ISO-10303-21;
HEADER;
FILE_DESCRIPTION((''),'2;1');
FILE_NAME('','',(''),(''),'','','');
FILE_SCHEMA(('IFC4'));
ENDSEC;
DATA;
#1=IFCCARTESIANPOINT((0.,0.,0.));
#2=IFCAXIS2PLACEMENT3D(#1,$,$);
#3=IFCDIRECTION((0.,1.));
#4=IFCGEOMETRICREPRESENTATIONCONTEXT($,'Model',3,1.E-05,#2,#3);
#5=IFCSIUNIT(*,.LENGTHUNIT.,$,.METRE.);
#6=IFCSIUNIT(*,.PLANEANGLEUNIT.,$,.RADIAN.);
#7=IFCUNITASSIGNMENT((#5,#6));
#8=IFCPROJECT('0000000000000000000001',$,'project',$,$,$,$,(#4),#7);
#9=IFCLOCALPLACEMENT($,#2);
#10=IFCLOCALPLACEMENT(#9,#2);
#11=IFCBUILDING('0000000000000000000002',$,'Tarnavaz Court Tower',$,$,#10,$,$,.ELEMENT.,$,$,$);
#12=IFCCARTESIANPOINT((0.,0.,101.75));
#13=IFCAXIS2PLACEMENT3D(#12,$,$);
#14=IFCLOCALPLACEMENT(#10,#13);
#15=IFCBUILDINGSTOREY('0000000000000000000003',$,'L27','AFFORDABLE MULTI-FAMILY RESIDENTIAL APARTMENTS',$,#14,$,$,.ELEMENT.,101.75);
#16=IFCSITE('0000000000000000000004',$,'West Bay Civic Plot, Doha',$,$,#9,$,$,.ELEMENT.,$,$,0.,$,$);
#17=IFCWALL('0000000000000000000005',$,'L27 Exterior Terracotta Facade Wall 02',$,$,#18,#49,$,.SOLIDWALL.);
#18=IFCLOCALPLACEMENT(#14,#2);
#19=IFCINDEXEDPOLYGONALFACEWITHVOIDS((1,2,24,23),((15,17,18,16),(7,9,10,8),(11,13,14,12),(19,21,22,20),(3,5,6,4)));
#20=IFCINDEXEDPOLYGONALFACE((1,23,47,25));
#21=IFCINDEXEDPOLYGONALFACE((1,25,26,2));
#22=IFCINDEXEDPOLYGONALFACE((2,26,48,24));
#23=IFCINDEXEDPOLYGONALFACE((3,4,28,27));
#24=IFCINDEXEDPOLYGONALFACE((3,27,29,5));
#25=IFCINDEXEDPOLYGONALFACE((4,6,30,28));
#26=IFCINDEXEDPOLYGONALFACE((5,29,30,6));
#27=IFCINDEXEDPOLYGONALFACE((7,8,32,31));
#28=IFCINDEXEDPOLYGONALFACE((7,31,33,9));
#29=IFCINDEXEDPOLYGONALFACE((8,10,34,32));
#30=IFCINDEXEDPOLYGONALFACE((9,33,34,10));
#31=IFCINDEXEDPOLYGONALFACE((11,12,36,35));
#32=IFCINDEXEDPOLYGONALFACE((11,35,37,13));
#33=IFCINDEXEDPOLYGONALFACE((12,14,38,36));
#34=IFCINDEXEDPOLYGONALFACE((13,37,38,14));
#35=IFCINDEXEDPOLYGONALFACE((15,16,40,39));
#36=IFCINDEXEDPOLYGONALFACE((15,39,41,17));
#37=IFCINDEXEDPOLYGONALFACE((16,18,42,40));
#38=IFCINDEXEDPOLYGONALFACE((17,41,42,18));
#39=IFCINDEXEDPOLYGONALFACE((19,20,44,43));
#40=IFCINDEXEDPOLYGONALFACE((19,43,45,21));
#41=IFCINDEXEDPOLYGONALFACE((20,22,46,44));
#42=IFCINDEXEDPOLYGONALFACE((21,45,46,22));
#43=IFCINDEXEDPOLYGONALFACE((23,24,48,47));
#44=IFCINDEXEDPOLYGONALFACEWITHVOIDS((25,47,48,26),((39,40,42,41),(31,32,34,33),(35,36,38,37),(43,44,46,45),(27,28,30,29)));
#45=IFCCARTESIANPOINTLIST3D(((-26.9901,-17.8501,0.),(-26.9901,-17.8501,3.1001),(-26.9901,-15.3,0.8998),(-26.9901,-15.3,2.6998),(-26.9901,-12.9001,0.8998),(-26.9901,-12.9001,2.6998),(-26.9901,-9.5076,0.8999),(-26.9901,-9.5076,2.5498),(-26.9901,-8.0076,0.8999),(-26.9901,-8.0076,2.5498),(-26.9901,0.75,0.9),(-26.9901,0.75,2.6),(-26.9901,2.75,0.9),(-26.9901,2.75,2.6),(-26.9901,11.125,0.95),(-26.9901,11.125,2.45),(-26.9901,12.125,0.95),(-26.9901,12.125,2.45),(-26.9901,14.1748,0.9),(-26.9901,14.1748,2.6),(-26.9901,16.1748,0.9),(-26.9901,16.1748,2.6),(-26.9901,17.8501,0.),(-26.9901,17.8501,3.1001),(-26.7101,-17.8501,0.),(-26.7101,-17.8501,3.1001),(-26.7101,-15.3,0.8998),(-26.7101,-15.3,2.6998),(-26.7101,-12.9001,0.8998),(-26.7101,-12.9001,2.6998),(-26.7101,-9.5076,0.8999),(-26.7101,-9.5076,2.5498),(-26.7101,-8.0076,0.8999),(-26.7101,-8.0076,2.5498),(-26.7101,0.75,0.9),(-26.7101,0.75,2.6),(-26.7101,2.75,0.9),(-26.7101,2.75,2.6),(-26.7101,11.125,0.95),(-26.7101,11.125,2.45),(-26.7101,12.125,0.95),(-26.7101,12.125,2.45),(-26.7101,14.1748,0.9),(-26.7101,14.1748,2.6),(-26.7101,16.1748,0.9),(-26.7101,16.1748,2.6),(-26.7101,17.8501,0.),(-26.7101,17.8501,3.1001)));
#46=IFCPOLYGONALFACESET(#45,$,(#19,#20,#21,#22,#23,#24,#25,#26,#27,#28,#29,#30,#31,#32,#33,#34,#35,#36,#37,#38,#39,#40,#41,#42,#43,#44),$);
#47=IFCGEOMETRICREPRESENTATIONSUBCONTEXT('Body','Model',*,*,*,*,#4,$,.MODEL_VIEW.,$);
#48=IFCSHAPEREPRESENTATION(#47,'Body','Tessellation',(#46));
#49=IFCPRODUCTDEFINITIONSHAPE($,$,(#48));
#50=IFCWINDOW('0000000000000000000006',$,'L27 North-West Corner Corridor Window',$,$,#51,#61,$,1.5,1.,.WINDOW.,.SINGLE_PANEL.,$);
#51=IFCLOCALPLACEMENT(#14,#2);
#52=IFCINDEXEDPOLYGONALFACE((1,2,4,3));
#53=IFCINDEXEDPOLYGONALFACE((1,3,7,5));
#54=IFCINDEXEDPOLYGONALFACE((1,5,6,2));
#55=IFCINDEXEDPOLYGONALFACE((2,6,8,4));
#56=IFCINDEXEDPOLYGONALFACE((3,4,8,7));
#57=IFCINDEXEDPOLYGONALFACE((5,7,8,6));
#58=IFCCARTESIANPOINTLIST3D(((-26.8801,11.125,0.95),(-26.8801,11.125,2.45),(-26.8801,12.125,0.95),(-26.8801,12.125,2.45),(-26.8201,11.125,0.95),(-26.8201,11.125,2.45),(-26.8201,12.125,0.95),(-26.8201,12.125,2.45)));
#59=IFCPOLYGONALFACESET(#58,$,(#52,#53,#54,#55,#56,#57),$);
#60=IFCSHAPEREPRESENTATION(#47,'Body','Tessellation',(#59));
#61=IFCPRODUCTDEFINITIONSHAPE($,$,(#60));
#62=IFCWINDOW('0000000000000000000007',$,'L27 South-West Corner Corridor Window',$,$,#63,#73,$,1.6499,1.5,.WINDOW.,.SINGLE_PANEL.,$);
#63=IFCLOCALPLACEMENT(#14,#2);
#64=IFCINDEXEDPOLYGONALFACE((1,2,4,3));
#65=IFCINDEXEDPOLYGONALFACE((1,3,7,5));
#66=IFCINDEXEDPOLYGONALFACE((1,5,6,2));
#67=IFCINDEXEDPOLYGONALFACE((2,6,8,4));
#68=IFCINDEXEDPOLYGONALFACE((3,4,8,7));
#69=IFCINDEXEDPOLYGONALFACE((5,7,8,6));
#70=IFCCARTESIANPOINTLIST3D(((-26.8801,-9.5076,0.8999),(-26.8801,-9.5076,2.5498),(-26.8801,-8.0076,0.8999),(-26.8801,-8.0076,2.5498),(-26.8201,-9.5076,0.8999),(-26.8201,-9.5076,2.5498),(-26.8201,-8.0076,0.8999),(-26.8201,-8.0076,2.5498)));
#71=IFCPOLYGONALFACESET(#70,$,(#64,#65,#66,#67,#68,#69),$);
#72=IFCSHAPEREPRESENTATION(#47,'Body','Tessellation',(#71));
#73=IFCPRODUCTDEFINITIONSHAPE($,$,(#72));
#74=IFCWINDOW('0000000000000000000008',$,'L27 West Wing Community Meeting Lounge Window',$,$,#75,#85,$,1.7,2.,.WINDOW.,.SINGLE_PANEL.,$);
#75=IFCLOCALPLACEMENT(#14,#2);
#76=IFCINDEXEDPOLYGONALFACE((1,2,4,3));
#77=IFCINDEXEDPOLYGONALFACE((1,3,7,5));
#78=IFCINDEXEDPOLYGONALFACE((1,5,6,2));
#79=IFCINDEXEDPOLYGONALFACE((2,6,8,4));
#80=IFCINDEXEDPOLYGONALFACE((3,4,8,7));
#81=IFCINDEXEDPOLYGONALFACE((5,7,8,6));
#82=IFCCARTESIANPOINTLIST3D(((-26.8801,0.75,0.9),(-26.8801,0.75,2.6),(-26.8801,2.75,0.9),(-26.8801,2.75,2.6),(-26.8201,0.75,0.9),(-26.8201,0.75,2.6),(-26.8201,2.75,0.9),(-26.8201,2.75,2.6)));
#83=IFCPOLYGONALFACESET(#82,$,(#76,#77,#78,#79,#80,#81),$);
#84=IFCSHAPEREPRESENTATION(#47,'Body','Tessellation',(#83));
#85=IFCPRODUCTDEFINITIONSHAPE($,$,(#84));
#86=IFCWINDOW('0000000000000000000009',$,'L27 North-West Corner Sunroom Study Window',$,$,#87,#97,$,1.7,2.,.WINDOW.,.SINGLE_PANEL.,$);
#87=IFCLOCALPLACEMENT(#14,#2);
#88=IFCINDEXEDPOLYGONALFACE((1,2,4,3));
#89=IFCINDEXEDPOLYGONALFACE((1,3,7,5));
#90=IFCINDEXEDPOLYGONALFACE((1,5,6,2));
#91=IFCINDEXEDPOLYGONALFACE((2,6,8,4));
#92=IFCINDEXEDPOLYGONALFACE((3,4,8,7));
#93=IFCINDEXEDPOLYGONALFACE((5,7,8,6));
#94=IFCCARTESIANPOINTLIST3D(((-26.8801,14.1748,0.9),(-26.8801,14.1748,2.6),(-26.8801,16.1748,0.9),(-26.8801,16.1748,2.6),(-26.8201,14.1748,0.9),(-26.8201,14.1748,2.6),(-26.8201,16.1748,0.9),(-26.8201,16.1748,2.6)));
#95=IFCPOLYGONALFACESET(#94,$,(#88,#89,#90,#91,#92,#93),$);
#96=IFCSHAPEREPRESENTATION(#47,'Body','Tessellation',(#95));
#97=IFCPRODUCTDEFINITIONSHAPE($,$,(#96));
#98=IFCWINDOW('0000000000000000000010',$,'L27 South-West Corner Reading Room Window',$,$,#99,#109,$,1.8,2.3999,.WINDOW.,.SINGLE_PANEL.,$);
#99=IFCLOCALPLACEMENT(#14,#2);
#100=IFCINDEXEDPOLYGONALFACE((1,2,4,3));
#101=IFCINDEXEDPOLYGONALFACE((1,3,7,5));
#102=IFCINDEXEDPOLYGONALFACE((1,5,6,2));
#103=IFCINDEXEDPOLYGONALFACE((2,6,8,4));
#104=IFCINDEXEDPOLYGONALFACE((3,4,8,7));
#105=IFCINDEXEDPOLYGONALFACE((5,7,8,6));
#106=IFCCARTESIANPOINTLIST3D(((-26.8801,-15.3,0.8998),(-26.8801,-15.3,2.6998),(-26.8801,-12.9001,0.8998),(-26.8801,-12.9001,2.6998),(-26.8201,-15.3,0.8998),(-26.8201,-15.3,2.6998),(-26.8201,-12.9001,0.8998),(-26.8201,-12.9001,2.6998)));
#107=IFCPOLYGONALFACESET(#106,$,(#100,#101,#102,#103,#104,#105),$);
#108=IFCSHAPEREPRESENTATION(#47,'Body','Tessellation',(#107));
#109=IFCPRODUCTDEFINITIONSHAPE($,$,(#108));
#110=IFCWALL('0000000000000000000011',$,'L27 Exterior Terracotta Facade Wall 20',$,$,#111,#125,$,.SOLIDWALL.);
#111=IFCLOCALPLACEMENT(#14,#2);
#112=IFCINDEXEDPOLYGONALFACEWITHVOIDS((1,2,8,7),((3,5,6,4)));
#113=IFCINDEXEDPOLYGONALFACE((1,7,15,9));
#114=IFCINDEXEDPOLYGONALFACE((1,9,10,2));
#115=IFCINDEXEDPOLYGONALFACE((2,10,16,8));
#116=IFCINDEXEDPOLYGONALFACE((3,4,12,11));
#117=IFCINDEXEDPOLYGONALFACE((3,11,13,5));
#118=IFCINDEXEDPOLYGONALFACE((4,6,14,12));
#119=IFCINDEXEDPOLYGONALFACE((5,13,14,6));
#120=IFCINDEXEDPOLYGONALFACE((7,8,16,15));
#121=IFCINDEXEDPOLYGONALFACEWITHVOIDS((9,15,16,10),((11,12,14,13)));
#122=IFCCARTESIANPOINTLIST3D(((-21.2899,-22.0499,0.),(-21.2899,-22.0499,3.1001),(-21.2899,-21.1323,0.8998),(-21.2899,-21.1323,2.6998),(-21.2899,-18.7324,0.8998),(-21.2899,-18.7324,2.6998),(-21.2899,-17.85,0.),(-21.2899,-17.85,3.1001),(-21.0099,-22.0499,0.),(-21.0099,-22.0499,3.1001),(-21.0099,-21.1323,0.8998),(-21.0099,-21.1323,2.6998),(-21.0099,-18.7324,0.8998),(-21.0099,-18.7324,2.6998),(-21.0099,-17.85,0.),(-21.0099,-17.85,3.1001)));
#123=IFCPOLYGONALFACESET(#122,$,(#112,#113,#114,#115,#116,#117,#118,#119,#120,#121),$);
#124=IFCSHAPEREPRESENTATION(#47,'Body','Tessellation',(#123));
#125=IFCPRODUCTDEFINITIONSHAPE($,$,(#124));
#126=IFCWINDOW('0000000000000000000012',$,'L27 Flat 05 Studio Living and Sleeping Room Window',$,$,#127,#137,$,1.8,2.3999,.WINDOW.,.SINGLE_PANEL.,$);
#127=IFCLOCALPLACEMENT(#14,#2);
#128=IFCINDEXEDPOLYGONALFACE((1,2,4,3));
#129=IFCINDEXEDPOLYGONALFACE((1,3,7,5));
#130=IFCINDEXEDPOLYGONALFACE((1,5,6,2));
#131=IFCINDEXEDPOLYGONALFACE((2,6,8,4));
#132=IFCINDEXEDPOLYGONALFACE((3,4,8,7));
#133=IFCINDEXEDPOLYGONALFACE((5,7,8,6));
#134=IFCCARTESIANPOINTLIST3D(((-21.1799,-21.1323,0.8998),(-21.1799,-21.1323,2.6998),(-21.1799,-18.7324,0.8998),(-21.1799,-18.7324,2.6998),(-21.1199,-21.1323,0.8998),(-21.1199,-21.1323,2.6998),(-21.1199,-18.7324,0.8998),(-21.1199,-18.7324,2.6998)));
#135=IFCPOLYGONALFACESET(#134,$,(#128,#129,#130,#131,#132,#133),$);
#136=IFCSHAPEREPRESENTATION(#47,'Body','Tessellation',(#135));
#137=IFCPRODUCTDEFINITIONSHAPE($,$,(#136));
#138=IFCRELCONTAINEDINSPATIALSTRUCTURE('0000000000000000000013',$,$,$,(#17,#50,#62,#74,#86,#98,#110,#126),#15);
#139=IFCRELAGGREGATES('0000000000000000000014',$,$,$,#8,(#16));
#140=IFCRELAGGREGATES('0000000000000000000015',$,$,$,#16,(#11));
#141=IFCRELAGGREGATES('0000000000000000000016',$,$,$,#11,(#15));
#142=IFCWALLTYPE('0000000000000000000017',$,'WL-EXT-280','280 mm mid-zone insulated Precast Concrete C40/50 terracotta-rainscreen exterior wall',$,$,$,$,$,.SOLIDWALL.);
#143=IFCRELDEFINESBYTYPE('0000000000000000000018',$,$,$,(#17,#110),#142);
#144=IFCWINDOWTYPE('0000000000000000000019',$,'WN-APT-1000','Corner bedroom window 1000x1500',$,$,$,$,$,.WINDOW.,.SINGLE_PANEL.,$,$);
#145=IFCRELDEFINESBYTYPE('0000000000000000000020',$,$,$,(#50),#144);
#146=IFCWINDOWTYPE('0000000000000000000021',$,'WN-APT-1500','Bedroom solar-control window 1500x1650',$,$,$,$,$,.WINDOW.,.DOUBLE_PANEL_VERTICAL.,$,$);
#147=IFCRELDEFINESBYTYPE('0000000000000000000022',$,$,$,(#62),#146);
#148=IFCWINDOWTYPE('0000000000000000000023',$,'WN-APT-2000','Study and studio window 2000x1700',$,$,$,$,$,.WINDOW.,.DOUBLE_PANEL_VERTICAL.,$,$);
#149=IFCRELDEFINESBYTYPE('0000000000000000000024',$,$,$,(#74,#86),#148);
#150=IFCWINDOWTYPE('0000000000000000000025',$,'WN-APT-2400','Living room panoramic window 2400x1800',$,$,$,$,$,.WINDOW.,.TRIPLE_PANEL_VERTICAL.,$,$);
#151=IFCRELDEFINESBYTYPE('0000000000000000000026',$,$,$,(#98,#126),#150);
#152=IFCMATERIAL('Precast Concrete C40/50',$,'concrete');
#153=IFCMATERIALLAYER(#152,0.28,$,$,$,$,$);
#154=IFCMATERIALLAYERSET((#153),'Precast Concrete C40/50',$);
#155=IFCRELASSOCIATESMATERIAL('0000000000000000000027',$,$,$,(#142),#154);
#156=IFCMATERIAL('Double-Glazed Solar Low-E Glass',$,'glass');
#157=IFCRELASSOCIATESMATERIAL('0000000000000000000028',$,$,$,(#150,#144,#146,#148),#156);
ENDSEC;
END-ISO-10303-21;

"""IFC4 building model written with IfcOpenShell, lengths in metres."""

from ifc_helpers import new_model, si_unit, direction, frame, frame_2d, origin, place, context, subcontext, project, spatial, rectangle, extrude, material, layer, layer_set, type_object, element, fill, save


model = new_model("IFC4")

# Units and contexts
model_context = context("Model", 3, precision=1e-05, world=origin(), true_north=direction((0.0, 1.0)))
body_context = subcontext(model_context, "Body", "Model", "MODEL_VIEW")
ifc_project = project(units=[si_unit("LENGTHUNIT", "METRE"), si_unit("PLANEANGLEUNIT", "RADIAN")], contexts=[model_context])

# Site, building, storey
site_placement = place(None, origin())
site = spatial("IfcSite", under=ifc_project, at=site_placement, Name="West Bay Civic Plot, Doha", CompositionType="ELEMENT", RefElevation=0.0)
building_placement = place(site_placement, origin())
building = spatial("IfcBuilding", under=site, at=building_placement, Name="Tarnavaz Court Tower", CompositionType="ELEMENT")
storey_placement = place(building_placement, frame((0.0, 0.0, 101.75)))
storey = spatial("IfcBuildingStorey", under=building, at=storey_placement, Name="L27", Description="AFFORDABLE MULTI-FAMILY RESIDENTIAL APARTMENTS", CompositionType="ELEMENT", Elevation=101.75)

# Shared definitions
ifc_material_1 = material(Name="Precast Concrete C40/50", Category="concrete")
ifc_layer_1 = layer(ifc_material_1, 0.28)
ifc_layer_set_1 = layer_set([ifc_layer_1], Name="Precast Concrete C40/50")
wall_type_1 = type_object("IfcWallType", Name="WL-EXT-280", Description="280 mm mid-zone insulated Precast Concrete C40/50 terracotta-rainscreen exterior wall", PredefinedType="SOLIDWALL", material=ifc_layer_set_1)
ifc_material_2 = material(Name="Double-Glazed Solar Low-E Glass", Category="glass")
window_type_1 = type_object("IfcWindowType", Name="WN-APT-2400", Description="Living room panoramic window 2400x1800", PartitioningType="TRIPLE_PANEL_VERTICAL", PredefinedType="WINDOW", material=ifc_material_2)

# Wall, openings, windows
wall_1_placement = place(storey_placement, frame((-26.8501, -17.8501, 0.0), z_axis=(0.0, 0.0, 1.0), x_axis=(0.0, 1.0, 0.0)))
wall_1 = element("IfcWall", 1, at=wall_1_placement, inside=storey, type_object=wall_type_1, Name="L27 Exterior Terracotta Facade Wall 02", PredefinedType="SOLIDWALL", context=body_context, shape_type="SweptSolid", body=[
    extrude(rectangle(XDim=35.7002, YDim=0.28, at=frame_2d((17.8501, 0.0))), origin(), (0.0, 0.0, 1.0), 3.1001),
])
opening_1_placement = place(wall_1_placement, frame((2.55, 0.0, 0.8999)))
opening_1 = element("IfcOpeningElement", 2, at=opening_1_placement, cuts=wall_1, PredefinedType="OPENING", context=body_context, shape_type="SweptSolid", body=[
    extrude(rectangle(XDim=2.3999, YDim=1.8, at=frame_2d((1.2, 0.8999))), frame((0.0, 0.1499, 0.0), z_axis=(0.0, -1.0, 0.0), x_axis=(1.0, 0.0, 0.0)), (0.0, 0.0, 1.0), 0.3),
])
opening_2_placement = place(wall_1_placement, frame((8.3425, 0.0, 0.8999)))
opening_2 = element("IfcOpeningElement", 3, at=opening_2_placement, cuts=wall_1, PredefinedType="OPENING", context=body_context, shape_type="SweptSolid", body=[
    extrude(rectangle(XDim=1.5, YDim=1.6499, at=frame_2d((0.75, 0.825))), frame((0.0, 0.1499, 0.0), z_axis=(0.0, -1.0, 0.0), x_axis=(1.0, 0.0, 0.0)), (0.0, 0.0, 1.0), 0.3),
])
opening_3_placement = place(wall_1_placement, frame((18.6001, 0.0, 0.8999)))
opening_3 = element("IfcOpeningElement", 4, at=opening_3_placement, cuts=wall_1, PredefinedType="OPENING", context=body_context, shape_type="SweptSolid", body=[
    extrude(rectangle(XDim=2.0, YDim=1.7, at=frame_2d((1.0, 0.8501))), frame((0.0, 0.1499, 0.0), z_axis=(0.0, -1.0, 0.0), x_axis=(1.0, 0.0, 0.0)), (0.0, 0.0, 1.0), 0.3),
])
opening_4_placement = place(wall_1_placement, frame((28.9751, 0.0, 0.95)))
opening_4 = element("IfcOpeningElement", 5, at=opening_4_placement, cuts=wall_1, PredefinedType="OPENING", context=body_context, shape_type="SweptSolid", body=[
    extrude(rectangle(XDim=1.0, YDim=1.5, at=frame_2d((0.5, 0.75))), frame((0.0, 0.1499, 0.0), z_axis=(0.0, -1.0, 0.0), x_axis=(1.0, 0.0, 0.0)), (0.0, 0.0, 1.0), 0.3),
])
opening_5_placement = place(wall_1_placement, frame((32.0249, 0.0, 0.8999)))
opening_5 = element("IfcOpeningElement", 6, at=opening_5_placement, cuts=wall_1, PredefinedType="OPENING", context=body_context, shape_type="SweptSolid", body=[
    extrude(rectangle(XDim=2.0, YDim=1.7, at=frame_2d((1.0, 0.8501))), frame((0.0, 0.1499, 0.0), z_axis=(0.0, -1.0, 0.0), x_axis=(1.0, 0.0, 0.0)), (0.0, 0.0, 1.0), 0.3),
])
window_type_2 = type_object("IfcWindowType", Name="WN-APT-1000", Description="Corner bedroom window 1000x1500", PartitioningType="SINGLE_PANEL", PredefinedType="WINDOW", material=ifc_material_2)
window_1_placement = place(opening_4_placement, origin())
window_1 = element("IfcWindow", 7, at=window_1_placement, inside=storey, type_object=window_type_2, Name="L27 North-West Corner Corridor Window", OverallHeight=1.5, OverallWidth=1.0, PartitioningType="SINGLE_PANEL", PredefinedType="WINDOW", context=body_context, shape_type="SweptSolid", body=[
    extrude(rectangle(XDim=1.0, YDim=1.5, at=frame_2d((0.5, 0.75))), frame((0.0, 0.03, 0.0), z_axis=(0.0, -1.0, 0.0), x_axis=(1.0, 0.0, 0.0)), (0.0, 0.0, 1.0), 0.0601),
])
fill(opening_4, window_1)
window_type_3 = type_object("IfcWindowType", Name="WN-APT-1500", Description="Bedroom solar-control window 1500x1650", PartitioningType="DOUBLE_PANEL_VERTICAL", PredefinedType="WINDOW", material=ifc_material_2)
window_2_placement = place(opening_2_placement, origin())
window_2 = element("IfcWindow", 8, at=window_2_placement, inside=storey, type_object=window_type_3, Name="L27 South-West Corner Corridor Window", OverallHeight=1.6499, OverallWidth=1.5, PartitioningType="SINGLE_PANEL", PredefinedType="WINDOW", context=body_context, shape_type="SweptSolid", body=[
    extrude(rectangle(XDim=1.5, YDim=1.6499, at=frame_2d((0.75, 0.825))), frame((0.0, 0.03, 0.0), z_axis=(0.0, -1.0, 0.0), x_axis=(1.0, 0.0, 0.0)), (0.0, 0.0, 1.0), 0.0601),
])
fill(opening_2, window_2)
window_type_4 = type_object("IfcWindowType", Name="WN-APT-2000", Description="Study and studio window 2000x1700", PartitioningType="DOUBLE_PANEL_VERTICAL", PredefinedType="WINDOW", material=ifc_material_2)
window_3_placement = place(opening_3_placement, origin())
window_3 = element("IfcWindow", 9, at=window_3_placement, inside=storey, type_object=window_type_4, Name="L27 West Wing Community Meeting Lounge Window", OverallHeight=1.7, OverallWidth=2.0, PartitioningType="SINGLE_PANEL", PredefinedType="WINDOW", context=body_context, shape_type="SweptSolid", body=[
    extrude(rectangle(XDim=2.0, YDim=1.7, at=frame_2d((1.0, 0.8501))), frame((0.0, 0.03, 0.0), z_axis=(0.0, -1.0, 0.0), x_axis=(1.0, 0.0, 0.0)), (0.0, 0.0, 1.0), 0.0601),
])
fill(opening_3, window_3)
window_4_placement = place(opening_5_placement, origin())
window_4 = element("IfcWindow", 10, at=window_4_placement, inside=storey, type_object=window_type_4, Name="L27 North-West Corner Sunroom Study Window", OverallHeight=1.7, OverallWidth=2.0, PartitioningType="SINGLE_PANEL", PredefinedType="WINDOW", context=body_context, shape_type="SweptSolid", body=[
    extrude(rectangle(XDim=2.0, YDim=1.7, at=frame_2d((1.0, 0.8501))), frame((0.0, 0.03, 0.0), z_axis=(0.0, -1.0, 0.0), x_axis=(1.0, 0.0, 0.0)), (0.0, 0.0, 1.0), 0.0601),
])
fill(opening_5, window_4)
window_5_placement = place(opening_1_placement, origin())
window_5 = element("IfcWindow", 11, at=window_5_placement, inside=storey, type_object=window_type_1, Name="L27 South-West Corner Reading Room Window", OverallHeight=1.8, OverallWidth=2.3999, PartitioningType="SINGLE_PANEL", PredefinedType="WINDOW", context=body_context, shape_type="SweptSolid", body=[
    extrude(rectangle(XDim=2.3999, YDim=1.8, at=frame_2d((1.2, 0.8999))), frame((0.0, 0.03, 0.0), z_axis=(0.0, -1.0, 0.0), x_axis=(1.0, 0.0, 0.0)), (0.0, 0.0, 1.0), 0.0601),
])
fill(opening_1, window_5)

# Wall, opening, window
wall_2_placement = place(storey_placement, frame((-21.1499, -22.05, 0.0), z_axis=(0.0, 0.0, 1.0), x_axis=(0.0, 1.0, 0.0)))
wall_2 = element("IfcWall", 12, at=wall_2_placement, inside=storey, type_object=wall_type_1, Name="L27 Exterior Terracotta Facade Wall 20", PredefinedType="SOLIDWALL", context=body_context, shape_type="SweptSolid", body=[
    extrude(rectangle(XDim=4.2, YDim=0.28, at=frame_2d((2.1001, 0.0))), origin(), (0.0, 0.0, 1.0), 3.1001),
])
opening_6_placement = place(wall_2_placement, frame((0.9177, 0.0, 0.8999)))
opening_6 = element("IfcOpeningElement", 13, at=opening_6_placement, cuts=wall_2, PredefinedType="OPENING", context=body_context, shape_type="SweptSolid", body=[
    extrude(rectangle(XDim=2.3999, YDim=1.8, at=frame_2d((1.2, 0.8999))), frame((0.0, 0.1499, 0.0), z_axis=(0.0, -1.0, 0.0), x_axis=(1.0, 0.0, 0.0)), (0.0, 0.0, 1.0), 0.3),
])
window_6_placement = place(opening_6_placement, origin())
window_6 = element("IfcWindow", 14, at=window_6_placement, inside=storey, type_object=window_type_1, Name="L27 Flat 05 Studio Living and Sleeping Room Window", OverallHeight=1.8, OverallWidth=2.3999, PartitioningType="SINGLE_PANEL", PredefinedType="WINDOW", context=body_context, shape_type="SweptSolid", body=[
    extrude(rectangle(XDim=2.3999, YDim=1.8, at=frame_2d((1.2, 0.8999))), frame((0.0, 0.03, 0.0), z_axis=(0.0, -1.0, 0.0), x_axis=(1.0, 0.0, 0.0)), (0.0, 0.0, 1.0), 0.0601),
])
fill(opening_6, window_6)

save(model, "model.ifc")
